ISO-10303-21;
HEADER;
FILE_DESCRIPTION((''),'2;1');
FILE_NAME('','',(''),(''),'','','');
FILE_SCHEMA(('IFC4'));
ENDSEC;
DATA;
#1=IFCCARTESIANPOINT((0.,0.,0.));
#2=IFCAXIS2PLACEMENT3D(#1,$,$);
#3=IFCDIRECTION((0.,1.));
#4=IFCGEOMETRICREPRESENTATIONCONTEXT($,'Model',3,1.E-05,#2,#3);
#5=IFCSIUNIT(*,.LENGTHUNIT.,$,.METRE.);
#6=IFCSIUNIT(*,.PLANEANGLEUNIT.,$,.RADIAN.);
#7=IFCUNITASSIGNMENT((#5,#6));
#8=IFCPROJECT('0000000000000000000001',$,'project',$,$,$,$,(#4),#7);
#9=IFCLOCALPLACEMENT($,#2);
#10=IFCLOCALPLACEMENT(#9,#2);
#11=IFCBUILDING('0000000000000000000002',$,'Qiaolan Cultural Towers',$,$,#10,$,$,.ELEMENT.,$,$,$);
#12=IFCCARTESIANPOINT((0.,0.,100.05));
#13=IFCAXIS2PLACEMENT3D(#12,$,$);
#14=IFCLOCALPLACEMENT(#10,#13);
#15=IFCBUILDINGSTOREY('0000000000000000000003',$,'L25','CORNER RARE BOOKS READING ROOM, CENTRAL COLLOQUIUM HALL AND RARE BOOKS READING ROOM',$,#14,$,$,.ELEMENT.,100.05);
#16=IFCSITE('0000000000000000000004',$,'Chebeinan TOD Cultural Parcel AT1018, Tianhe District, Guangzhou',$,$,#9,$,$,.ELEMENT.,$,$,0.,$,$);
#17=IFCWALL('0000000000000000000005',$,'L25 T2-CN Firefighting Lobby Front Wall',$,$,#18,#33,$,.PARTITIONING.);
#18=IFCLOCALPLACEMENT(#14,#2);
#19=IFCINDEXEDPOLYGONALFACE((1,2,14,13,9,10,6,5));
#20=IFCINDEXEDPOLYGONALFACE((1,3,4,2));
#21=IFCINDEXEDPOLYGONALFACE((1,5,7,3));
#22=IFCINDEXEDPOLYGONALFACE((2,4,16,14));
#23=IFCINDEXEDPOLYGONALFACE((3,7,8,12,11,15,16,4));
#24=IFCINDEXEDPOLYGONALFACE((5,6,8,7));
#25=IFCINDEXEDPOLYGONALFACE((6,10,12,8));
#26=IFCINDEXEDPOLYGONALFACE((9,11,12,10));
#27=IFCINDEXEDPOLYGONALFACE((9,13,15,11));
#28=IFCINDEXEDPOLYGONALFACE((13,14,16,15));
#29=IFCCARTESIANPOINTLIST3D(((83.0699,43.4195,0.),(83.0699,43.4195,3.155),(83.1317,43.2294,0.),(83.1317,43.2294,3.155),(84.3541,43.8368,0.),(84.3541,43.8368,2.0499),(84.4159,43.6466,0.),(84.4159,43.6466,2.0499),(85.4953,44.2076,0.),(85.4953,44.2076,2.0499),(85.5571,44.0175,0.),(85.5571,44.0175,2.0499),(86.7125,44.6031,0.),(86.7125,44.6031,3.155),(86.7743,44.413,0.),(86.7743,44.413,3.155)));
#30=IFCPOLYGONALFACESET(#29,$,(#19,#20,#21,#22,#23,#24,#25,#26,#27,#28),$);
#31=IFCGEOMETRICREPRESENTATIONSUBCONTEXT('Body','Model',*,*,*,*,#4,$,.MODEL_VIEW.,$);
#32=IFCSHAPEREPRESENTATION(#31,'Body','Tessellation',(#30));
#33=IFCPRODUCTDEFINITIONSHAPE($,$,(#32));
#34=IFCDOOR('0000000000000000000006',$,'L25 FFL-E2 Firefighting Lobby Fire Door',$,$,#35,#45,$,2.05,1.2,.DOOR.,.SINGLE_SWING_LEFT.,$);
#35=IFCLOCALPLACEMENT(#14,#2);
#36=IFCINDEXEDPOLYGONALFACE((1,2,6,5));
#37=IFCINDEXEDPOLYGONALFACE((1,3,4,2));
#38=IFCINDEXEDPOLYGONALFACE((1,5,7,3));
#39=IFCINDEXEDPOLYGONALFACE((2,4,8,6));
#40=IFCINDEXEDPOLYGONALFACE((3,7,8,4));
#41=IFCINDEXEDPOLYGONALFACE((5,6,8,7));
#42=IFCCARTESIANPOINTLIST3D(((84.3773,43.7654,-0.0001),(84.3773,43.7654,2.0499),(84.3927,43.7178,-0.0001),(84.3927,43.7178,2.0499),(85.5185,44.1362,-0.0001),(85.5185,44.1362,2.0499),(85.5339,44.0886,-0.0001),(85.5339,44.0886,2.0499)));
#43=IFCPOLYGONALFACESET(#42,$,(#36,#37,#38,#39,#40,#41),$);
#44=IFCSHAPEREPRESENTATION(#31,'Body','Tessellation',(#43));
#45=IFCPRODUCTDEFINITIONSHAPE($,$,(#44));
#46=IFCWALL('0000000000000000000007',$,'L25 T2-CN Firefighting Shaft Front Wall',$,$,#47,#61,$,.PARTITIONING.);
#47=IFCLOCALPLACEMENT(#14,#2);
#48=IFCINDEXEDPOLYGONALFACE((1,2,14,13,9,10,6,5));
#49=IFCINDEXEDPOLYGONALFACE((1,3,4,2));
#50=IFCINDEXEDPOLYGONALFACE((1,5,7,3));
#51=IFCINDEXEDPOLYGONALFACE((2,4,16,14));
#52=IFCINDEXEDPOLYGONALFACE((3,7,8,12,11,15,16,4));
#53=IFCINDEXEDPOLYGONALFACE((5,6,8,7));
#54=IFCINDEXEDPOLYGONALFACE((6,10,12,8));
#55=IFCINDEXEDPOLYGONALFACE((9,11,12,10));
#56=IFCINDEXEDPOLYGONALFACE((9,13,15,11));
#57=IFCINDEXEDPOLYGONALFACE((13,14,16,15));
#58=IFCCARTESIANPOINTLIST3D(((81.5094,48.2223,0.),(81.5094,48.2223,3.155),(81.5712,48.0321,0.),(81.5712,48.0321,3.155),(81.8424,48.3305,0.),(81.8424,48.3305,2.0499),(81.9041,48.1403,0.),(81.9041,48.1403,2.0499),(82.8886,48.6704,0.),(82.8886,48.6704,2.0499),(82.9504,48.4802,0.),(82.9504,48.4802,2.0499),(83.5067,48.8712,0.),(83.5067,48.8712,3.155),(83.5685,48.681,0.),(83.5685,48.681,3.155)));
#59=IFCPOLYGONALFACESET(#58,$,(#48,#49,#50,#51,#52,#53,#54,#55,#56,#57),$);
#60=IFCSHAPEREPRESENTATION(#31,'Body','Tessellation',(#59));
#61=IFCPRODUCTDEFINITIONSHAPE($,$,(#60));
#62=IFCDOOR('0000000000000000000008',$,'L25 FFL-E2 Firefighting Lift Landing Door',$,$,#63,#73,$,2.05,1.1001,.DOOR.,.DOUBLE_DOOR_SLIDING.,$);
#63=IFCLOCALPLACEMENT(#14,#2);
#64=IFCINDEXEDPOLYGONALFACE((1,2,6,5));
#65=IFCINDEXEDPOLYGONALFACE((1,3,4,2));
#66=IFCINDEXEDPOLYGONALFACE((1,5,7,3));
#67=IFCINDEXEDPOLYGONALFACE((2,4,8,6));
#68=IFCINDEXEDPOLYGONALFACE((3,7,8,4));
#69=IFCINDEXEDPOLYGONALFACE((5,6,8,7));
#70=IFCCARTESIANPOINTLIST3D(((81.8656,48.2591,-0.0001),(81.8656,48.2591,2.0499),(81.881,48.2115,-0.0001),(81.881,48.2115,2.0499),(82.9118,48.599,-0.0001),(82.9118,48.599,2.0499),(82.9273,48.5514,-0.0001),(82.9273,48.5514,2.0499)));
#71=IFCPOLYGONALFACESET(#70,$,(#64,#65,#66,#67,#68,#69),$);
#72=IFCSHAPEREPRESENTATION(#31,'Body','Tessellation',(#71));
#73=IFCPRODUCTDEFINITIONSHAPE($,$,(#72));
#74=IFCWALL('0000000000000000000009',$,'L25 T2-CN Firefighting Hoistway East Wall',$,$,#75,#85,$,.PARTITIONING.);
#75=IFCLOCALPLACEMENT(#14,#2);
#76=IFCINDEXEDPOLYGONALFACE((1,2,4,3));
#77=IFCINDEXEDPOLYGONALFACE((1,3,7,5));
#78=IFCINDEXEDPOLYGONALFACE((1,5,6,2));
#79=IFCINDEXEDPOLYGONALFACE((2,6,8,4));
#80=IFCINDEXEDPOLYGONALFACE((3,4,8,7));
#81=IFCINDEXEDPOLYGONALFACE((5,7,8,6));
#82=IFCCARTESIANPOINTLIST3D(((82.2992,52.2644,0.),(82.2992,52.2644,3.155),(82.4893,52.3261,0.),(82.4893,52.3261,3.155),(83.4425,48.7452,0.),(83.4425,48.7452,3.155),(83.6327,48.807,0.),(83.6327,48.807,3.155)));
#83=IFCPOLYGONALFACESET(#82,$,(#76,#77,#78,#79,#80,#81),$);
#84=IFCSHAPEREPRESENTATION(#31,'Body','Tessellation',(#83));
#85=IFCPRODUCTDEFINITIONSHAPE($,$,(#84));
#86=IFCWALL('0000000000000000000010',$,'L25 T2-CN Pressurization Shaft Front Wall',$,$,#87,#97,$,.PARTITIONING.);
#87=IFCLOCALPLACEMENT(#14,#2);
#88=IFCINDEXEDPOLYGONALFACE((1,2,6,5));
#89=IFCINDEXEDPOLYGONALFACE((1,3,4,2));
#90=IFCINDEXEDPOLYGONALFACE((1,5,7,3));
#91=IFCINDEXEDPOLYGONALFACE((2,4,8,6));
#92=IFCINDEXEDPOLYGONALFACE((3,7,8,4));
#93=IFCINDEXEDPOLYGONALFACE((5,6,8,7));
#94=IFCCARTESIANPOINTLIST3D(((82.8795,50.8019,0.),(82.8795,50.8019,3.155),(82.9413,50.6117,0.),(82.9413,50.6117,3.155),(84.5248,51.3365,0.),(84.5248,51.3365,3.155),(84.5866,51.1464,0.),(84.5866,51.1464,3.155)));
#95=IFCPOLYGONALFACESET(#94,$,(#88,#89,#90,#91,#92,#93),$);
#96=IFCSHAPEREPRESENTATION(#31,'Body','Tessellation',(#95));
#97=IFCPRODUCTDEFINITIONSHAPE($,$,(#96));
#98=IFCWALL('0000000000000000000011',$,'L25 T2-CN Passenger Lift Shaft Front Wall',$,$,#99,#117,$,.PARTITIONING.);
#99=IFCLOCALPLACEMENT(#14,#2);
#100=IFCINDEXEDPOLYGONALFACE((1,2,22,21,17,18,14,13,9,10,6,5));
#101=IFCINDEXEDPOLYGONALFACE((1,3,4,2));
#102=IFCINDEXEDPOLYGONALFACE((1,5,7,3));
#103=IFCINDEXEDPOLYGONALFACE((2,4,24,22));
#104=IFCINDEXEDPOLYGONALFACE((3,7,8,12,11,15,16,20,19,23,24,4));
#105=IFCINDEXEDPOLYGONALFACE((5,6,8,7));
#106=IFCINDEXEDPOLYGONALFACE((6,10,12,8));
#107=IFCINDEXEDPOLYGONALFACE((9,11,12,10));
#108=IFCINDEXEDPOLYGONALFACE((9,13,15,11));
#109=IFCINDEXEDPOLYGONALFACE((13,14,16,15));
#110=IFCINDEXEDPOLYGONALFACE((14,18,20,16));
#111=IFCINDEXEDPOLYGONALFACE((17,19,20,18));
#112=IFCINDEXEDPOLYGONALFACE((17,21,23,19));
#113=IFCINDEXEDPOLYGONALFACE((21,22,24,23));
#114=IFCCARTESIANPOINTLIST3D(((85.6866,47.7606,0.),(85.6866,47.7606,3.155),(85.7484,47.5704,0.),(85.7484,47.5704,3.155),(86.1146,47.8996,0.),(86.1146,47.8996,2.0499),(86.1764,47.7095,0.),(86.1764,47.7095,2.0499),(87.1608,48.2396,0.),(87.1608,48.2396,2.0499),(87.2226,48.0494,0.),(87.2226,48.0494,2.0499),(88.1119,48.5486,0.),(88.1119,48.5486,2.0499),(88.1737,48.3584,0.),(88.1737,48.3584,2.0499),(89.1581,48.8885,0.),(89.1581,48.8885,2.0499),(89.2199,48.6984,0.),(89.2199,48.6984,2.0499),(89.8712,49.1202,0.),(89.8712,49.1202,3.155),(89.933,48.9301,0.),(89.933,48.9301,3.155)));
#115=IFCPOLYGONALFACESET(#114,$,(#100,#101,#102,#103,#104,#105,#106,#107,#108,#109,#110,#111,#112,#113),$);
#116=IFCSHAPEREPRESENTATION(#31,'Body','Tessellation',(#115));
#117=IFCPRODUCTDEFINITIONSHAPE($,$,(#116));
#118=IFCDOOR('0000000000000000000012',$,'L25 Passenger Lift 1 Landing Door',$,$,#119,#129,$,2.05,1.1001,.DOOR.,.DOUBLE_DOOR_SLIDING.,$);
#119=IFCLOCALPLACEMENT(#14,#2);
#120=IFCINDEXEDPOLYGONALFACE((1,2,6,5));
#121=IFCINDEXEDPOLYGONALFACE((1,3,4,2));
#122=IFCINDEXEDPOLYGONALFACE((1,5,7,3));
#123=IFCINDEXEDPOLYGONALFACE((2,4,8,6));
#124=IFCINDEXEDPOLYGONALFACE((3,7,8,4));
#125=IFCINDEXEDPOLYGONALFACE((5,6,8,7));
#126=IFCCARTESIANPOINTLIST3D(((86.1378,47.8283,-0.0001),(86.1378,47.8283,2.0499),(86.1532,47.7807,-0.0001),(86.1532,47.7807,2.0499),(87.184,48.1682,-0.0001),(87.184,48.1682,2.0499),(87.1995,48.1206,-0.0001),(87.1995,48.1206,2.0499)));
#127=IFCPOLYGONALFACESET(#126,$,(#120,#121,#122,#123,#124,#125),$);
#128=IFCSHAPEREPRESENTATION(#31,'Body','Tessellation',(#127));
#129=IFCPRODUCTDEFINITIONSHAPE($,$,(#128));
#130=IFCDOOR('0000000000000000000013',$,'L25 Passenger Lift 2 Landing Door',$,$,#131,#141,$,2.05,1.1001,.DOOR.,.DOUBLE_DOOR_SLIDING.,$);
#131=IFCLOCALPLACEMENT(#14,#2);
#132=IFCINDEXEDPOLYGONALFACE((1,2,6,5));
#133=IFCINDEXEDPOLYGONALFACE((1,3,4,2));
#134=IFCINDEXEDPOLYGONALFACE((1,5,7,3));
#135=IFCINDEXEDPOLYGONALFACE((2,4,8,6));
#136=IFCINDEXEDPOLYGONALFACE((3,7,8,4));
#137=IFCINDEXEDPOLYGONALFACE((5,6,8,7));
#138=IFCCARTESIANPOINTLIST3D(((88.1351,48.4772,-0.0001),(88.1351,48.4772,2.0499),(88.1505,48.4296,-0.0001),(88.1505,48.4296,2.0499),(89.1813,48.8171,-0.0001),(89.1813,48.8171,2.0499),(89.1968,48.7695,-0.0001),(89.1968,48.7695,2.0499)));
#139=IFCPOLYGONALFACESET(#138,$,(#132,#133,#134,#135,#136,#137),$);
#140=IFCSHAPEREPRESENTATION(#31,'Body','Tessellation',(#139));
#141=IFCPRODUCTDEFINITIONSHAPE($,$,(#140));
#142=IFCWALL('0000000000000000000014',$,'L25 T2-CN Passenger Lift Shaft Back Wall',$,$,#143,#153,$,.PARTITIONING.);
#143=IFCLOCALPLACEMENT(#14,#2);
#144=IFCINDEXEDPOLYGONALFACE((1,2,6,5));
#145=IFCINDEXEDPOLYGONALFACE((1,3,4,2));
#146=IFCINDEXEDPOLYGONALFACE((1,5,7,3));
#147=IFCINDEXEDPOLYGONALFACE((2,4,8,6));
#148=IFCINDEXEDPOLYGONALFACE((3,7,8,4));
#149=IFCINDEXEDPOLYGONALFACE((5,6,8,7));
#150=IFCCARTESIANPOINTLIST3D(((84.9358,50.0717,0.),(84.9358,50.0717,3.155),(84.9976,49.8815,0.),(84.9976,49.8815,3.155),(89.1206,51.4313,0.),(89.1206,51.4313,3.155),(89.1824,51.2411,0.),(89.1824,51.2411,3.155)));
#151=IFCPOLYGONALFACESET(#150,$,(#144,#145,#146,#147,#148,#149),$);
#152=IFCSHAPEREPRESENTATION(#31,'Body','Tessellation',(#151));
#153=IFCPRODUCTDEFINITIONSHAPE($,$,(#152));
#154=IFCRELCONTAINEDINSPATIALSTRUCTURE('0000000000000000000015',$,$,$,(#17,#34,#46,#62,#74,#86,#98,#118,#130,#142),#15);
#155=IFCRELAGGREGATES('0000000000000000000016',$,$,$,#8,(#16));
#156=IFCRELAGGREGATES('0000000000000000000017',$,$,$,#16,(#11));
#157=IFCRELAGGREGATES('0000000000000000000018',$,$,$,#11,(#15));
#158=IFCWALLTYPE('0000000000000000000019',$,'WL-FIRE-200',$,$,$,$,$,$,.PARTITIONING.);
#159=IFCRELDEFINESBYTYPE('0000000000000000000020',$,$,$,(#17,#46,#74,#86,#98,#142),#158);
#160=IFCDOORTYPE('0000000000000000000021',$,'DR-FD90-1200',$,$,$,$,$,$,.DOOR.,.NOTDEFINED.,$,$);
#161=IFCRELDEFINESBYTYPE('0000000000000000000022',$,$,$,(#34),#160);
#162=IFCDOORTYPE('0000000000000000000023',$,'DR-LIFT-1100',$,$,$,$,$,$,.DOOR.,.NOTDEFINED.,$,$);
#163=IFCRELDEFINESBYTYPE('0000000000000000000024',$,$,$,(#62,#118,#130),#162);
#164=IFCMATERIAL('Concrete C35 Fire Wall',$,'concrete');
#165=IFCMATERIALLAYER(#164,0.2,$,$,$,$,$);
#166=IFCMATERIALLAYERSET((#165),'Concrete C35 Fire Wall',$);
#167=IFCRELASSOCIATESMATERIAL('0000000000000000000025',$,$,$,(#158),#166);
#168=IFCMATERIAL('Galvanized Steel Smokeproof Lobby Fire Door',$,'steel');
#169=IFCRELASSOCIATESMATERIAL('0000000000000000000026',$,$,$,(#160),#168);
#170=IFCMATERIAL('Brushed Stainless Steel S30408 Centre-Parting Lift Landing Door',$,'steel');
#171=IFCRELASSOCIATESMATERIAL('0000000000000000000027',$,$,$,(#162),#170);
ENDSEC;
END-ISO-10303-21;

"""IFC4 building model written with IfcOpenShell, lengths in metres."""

from ifc_helpers import new_model, si_unit, direction, frame, frame_2d, origin, place, context, subcontext, project, spatial, rectangle, extrude, material, layer, layer_set, type_object, element, fill, save


model = new_model("IFC4")

# Units and contexts
model_context = context("Model", 3, precision=1e-05, world=origin(), true_north=direction((0.0, 1.0)))
body_context = subcontext(model_context, "Body", "Model", "MODEL_VIEW")
ifc_project = project(units=[si_unit("LENGTHUNIT", "METRE"), si_unit("PLANEANGLEUNIT", "RADIAN")], contexts=[model_context])

# Site, building, storey
site_placement = place(None, origin())
site = spatial("IfcSite", under=ifc_project, at=site_placement, Name="Chebeinan TOD Cultural Parcel AT1018, Tianhe District, Guangzhou", CompositionType="ELEMENT", RefElevation=0.0)
building_placement = place(site_placement, origin())
building = spatial("IfcBuilding", under=site, at=building_placement, Name="Qiaolan Cultural Towers", CompositionType="ELEMENT")
storey_placement = place(building_placement, frame((0.0, 0.0, 100.05)))
storey = spatial("IfcBuildingStorey", under=building, at=storey_placement, Name="L25", Description="CORNER RARE BOOKS READING ROOM, CENTRAL COLLOQUIUM HALL AND RARE BOOKS READING ROOM", CompositionType="ELEMENT", Elevation=100.05)

# Shared definitions
ifc_material_1 = material(Name="Concrete C35 Fire Wall", Category="concrete")
ifc_layer_1 = layer(ifc_material_1, 0.2)
ifc_layer_set_1 = layer_set([ifc_layer_1], Name="Concrete C35 Fire Wall")
wall_type_1 = type_object("IfcWallType", Name="WL-FIRE-200", PredefinedType="PARTITIONING", material=ifc_layer_set_1)

# Walls, openings, doors
wall_1_placement = place(storey_placement, frame((83.1008, 43.3245, 0.0), z_axis=(0.0, 0.0, 1.0), x_axis=(0.951053, 0.309028, 0.0)))
wall_1 = element("IfcWall", 1, at=wall_1_placement, inside=storey, type_object=wall_type_1, Name="L25 T2-CN Firefighting Lobby Front Wall", PredefinedType="PARTITIONING", context=body_context, shape_type="SweptSolid", body=[
    extrude(rectangle(XDim=3.8301, YDim=0.2, at=frame_2d((1.915, 0.0))), origin(), (0.0, 0.0, 1.0), 3.155),
])
opening_1_placement = place(wall_1_placement, frame((1.3501, 0.0, 0.0)))
opening_1 = element("IfcOpeningElement", 2, at=opening_1_placement, cuts=wall_1, PredefinedType="OPENING", context=body_context, shape_type="SweptSolid", body=[
    extrude(rectangle(XDim=1.2, YDim=2.05, at=frame_2d((0.6001, 1.0249))), frame((0.0, 0.1099, 0.0), z_axis=(0.0, -1.0, 0.0), x_axis=(1.0, 0.0, 0.0)), (0.0, 0.0, 1.0), 0.22),
])
ifc_material_2 = material(Name="Galvanized Steel Smokeproof Lobby Fire Door", Category="steel")
door_type_1 = type_object("IfcDoorType", Name="DR-FD90-1200", OperationType="NOTDEFINED", PredefinedType="DOOR", material=ifc_material_2)
door_1_placement = place(opening_1_placement, origin())
door_1 = element("IfcDoor", 3, at=door_1_placement, inside=storey, type_object=door_type_1, Name="L25 FFL-E2 Firefighting Lobby Fire Door", OperationType="SINGLE_SWING_LEFT", OverallHeight=2.05, OverallWidth=1.2, PredefinedType="DOOR", context=body_context, shape_type="SweptSolid", body=[
    extrude(rectangle(XDim=1.2, YDim=2.05, at=frame_2d((0.6001, 1.0249))), frame((0.0, 0.0249, 0.0), z_axis=(0.0, -1.0, 0.0), x_axis=(1.0, 0.0, 0.0)), (0.0, 0.0, 1.0), 0.05),
])
fill(opening_1, door_1)
wall_2_placement = place(storey_placement, frame((81.5403, 48.1272, 0.0), z_axis=(0.0, 0.0, 1.0), x_axis=(0.951062, 0.308999, 0.0)))
wall_2 = element("IfcWall", 4, at=wall_2_placement, inside=storey, type_object=wall_type_1, Name="L25 T2-CN Firefighting Shaft Front Wall", PredefinedType="PARTITIONING", context=body_context, shape_type="SweptSolid", body=[
    extrude(rectangle(XDim=2.1001, YDim=0.2, at=frame_2d((1.05, 0.0))), origin(), (0.0, 0.0, 1.0), 3.155),
])
opening_2_placement = place(wall_2_placement, frame((0.3501, 0.0, 0.0)))
opening_2 = element("IfcOpeningElement", 5, at=opening_2_placement, cuts=wall_2, PredefinedType="OPENING", context=body_context, shape_type="SweptSolid", body=[
    extrude(rectangle(XDim=1.1001, YDim=2.05, at=frame_2d((0.55, 1.0249))), frame((0.0, 0.1099, 0.0), z_axis=(0.0, -1.0, 0.0), x_axis=(1.0, 0.0, 0.0)), (0.0, 0.0, 1.0), 0.22),
])
ifc_material_3 = material(Name="Brushed Stainless Steel S30408 Centre-Parting Lift Landing Door", Category="steel")
door_type_2 = type_object("IfcDoorType", Name="DR-LIFT-1100", OperationType="NOTDEFINED", PredefinedType="DOOR", material=ifc_material_3)
door_2_placement = place(opening_2_placement, origin())
door_2 = element("IfcDoor", 6, at=door_2_placement, inside=storey, type_object=door_type_2, Name="L25 FFL-E2 Firefighting Lift Landing Door", OperationType="DOUBLE_DOOR_SLIDING", OverallHeight=2.05, OverallWidth=1.1001, PredefinedType="DOOR", context=body_context, shape_type="SweptSolid", body=[
    extrude(rectangle(XDim=1.1001, YDim=2.05, at=frame_2d((0.55, 1.0249))), frame((0.0, 0.0249, 0.0), z_axis=(0.0, -1.0, 0.0), x_axis=(1.0, 0.0, 0.0)), (0.0, 0.0, 1.0), 0.05),
])
fill(opening_2, door_2)

# Walls
wall_3_placement = place(storey_placement, frame((83.5376, 48.7761, 0.0), z_axis=(0.0, 0.0, 1.0), x_axis=(-0.308994, 0.951064, 0.0)))
element("IfcWall", 7, at=wall_3_placement, inside=storey, type_object=wall_type_1, Name="L25 T2-CN Firefighting Hoistway East Wall", PredefinedType="PARTITIONING", context=body_context, shape_type="SweptSolid", body=[
    extrude(rectangle(XDim=3.7002, YDim=0.2, at=frame_2d((1.8501, 0.0))), origin(), (0.0, 0.0, 1.0), 3.155),
])
wall_4_placement = place(storey_placement, frame((82.9104, 50.7068, 0.0), z_axis=(0.0, 0.0, 1.0), x_axis=(0.951041, 0.309064, 0.0)))
element("IfcWall", 8, at=wall_4_placement, inside=storey, type_object=wall_type_1, Name="L25 T2-CN Pressurization Shaft Front Wall", PredefinedType="PARTITIONING", context=body_context, shape_type="SweptSolid", body=[
    extrude(rectangle(XDim=1.73, YDim=0.2, at=frame_2d((0.865, 0.0))), origin(), (0.0, 0.0, 1.0), 3.155),
])

# Wall, openings, doors
wall_5_placement = place(storey_placement, frame((85.7175, 47.6655, 0.0), z_axis=(0.0, 0.0, 1.0), x_axis=(0.951059, 0.309011, 0.0)))
wall_5 = element("IfcWall", 9, at=wall_5_placement, inside=storey, type_object=wall_type_1, Name="L25 T2-CN Passenger Lift Shaft Front Wall", PredefinedType="PARTITIONING", context=body_context, shape_type="SweptSolid", body=[
    extrude(rectangle(XDim=4.3999, YDim=0.2, at=frame_2d((2.2, 0.0))), origin(), (0.0, 0.0, 1.0), 3.155),
])
opening_3_placement = place(wall_5_placement, frame((0.45, 0.0, 0.0)))
opening_3 = element("IfcOpeningElement", 10, at=opening_3_placement, cuts=wall_5, PredefinedType="OPENING", context=body_context, shape_type="SweptSolid", body=[
    extrude(rectangle(XDim=1.1001, YDim=2.05, at=frame_2d((0.55, 1.0249))), frame((0.0, 0.1099, 0.0), z_axis=(0.0, -1.0, 0.0), x_axis=(1.0, 0.0, 0.0)), (0.0, 0.0, 1.0), 0.22),
])
opening_4_placement = place(wall_5_placement, frame((2.55, 0.0, 0.0)))
opening_4 = element("IfcOpeningElement", 11, at=opening_4_placement, cuts=wall_5, PredefinedType="OPENING", context=body_context, shape_type="SweptSolid", body=[
    extrude(rectangle(XDim=1.1001, YDim=2.05, at=frame_2d((0.55, 1.0249))), frame((0.0, 0.1099, 0.0), z_axis=(0.0, -1.0, 0.0), x_axis=(1.0, 0.0, 0.0)), (0.0, 0.0, 1.0), 0.22),
])
door_3_placement = place(opening_3_placement, origin())
door_3 = element("IfcDoor", 12, at=door_3_placement, inside=storey, type_object=door_type_2, Name="L25 Passenger Lift 1 Landing Door", OperationType="DOUBLE_DOOR_SLIDING", OverallHeight=2.05, OverallWidth=1.1001, PredefinedType="DOOR", context=body_context, shape_type="SweptSolid", body=[
    extrude(rectangle(XDim=1.1001, YDim=2.05, at=frame_2d((0.55, 1.0249))), frame((0.0, 0.0249, 0.0), z_axis=(0.0, -1.0, 0.0), x_axis=(1.0, 0.0, 0.0)), (0.0, 0.0, 1.0), 0.05),
])
fill(opening_3, door_3)
door_4_placement = place(opening_4_placement, origin())
door_4 = element("IfcDoor", 13, at=door_4_placement, inside=storey, type_object=door_type_2, Name="L25 Passenger Lift 2 Landing Door", OperationType="DOUBLE_DOOR_SLIDING", OverallHeight=2.05, OverallWidth=1.1001, PredefinedType="DOOR", context=body_context, shape_type="SweptSolid", body=[
    extrude(rectangle(XDim=1.1001, YDim=2.05, at=frame_2d((0.55, 1.0249))), frame((0.0, 0.0249, 0.0), z_axis=(0.0, -1.0, 0.0), x_axis=(1.0, 0.0, 0.0)), (0.0, 0.0, 1.0), 0.05),
])
fill(opening_4, door_4)

# Wall
wall_6_placement = place(storey_placement, frame((84.9666, 49.9766, 0.0), z_axis=(0.0, 0.0, 1.0), x_axis=(0.951064, 0.308994, 0.0)))
element("IfcWall", 14, at=wall_6_placement, inside=storey, type_object=wall_type_1, Name="L25 T2-CN Passenger Lift Shaft Back Wall", PredefinedType="PARTITIONING", context=body_context, shape_type="SweptSolid", body=[
    extrude(rectangle(XDim=4.4001, YDim=0.2, at=frame_2d((2.2002, 0.0))), origin(), (0.0, 0.0, 1.0), 3.155),
])

save(model, "model.ifc")
